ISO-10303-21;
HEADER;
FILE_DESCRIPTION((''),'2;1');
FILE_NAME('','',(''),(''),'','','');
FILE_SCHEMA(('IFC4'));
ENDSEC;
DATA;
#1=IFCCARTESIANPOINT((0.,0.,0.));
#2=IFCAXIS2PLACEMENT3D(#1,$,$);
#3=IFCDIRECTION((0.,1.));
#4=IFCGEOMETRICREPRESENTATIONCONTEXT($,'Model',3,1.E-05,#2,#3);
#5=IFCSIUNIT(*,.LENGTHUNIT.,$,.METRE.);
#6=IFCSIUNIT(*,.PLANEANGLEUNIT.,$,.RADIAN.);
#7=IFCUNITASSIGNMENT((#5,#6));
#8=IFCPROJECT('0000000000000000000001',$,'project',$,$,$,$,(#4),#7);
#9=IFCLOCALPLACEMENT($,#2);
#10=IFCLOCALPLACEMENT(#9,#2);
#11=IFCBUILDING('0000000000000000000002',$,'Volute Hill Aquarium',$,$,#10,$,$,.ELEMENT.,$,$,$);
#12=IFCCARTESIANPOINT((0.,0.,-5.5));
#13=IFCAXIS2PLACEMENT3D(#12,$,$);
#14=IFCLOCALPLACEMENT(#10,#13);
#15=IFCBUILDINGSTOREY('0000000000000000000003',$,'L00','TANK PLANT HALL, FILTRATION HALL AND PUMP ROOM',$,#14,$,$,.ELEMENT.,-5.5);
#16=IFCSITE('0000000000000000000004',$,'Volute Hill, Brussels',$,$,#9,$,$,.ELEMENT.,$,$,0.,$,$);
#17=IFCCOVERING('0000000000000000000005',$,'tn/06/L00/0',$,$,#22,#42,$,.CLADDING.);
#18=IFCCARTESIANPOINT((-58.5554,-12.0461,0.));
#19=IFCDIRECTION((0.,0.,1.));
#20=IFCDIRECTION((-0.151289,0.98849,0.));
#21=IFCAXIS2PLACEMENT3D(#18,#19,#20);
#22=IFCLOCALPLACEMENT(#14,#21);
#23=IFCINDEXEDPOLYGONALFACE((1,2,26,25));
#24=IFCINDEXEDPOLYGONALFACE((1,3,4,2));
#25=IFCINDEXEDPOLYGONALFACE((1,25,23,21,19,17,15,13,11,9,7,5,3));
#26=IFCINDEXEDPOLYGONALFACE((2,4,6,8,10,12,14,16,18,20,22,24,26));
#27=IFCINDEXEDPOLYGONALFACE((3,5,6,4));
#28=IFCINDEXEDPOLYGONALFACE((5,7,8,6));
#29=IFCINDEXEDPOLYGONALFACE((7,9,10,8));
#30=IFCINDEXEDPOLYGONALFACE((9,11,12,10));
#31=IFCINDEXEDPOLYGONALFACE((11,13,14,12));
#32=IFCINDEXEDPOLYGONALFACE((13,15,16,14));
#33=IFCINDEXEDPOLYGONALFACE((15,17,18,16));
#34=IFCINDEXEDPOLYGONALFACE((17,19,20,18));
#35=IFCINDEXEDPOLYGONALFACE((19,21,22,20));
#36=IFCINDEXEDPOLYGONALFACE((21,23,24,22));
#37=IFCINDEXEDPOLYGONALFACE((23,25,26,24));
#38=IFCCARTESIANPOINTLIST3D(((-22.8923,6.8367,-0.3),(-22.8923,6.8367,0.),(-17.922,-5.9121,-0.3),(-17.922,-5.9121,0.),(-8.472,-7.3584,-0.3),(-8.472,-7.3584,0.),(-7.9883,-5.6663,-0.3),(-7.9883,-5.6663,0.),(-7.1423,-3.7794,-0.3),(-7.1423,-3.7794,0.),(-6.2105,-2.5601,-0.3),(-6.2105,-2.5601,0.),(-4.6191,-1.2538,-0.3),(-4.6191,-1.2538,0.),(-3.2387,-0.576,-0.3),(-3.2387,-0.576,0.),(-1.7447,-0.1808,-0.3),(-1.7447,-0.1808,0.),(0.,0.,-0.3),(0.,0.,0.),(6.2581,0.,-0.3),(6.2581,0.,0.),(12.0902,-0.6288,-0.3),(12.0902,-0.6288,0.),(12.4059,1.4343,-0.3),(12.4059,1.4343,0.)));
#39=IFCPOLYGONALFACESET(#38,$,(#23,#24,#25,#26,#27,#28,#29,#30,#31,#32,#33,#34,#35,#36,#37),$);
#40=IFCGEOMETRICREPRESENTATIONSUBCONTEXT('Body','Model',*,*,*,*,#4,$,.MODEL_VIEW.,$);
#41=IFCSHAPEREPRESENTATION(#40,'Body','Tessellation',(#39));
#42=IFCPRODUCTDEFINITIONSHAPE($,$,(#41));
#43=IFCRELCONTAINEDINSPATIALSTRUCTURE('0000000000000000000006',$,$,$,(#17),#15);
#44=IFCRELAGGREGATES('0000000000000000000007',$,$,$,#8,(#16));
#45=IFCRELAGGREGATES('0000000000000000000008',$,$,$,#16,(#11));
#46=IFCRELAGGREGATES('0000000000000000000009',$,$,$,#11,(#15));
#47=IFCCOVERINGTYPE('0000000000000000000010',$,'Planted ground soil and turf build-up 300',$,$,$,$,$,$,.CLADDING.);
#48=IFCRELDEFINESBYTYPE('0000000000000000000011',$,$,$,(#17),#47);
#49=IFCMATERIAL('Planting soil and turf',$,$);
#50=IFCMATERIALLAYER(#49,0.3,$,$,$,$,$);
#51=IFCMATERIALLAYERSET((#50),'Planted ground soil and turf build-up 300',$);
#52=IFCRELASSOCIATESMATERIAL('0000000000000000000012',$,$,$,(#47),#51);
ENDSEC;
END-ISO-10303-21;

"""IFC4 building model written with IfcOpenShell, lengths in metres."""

from ifc_helpers import new_model, si_unit, direction, frame, origin, place, context, subcontext, project, spatial, polyline, outline, extrude, material, layer, layer_set, type_object, element, save


model = new_model("IFC4")

# Units and contexts
model_context = context("Model", 3, precision=1e-05, world=origin(), true_north=direction((0.0, 1.0)))
body_context = subcontext(model_context, "Body", "Model", "MODEL_VIEW")
ifc_project = project(units=[si_unit("LENGTHUNIT", "METRE"), si_unit("PLANEANGLEUNIT", "RADIAN")], contexts=[model_context])

# Site, building, storey
site_placement = place(None, origin())
site = spatial("IfcSite", under=ifc_project, at=site_placement, Name="Volute Hill, Brussels", CompositionType="ELEMENT", RefElevation=0.0)
building_placement = place(site_placement, origin())
building = spatial("IfcBuilding", under=site, at=building_placement, Name="Volute Hill Aquarium", CompositionType="ELEMENT")
storey_placement = place(building_placement, frame((0.0, 0.0, -5.5)))
storey = spatial("IfcBuildingStorey", under=building, at=storey_placement, Name="L00", Description="TANK PLANT HALL, FILTRATION HALL AND PUMP ROOM", CompositionType="ELEMENT", Elevation=-5.5)

# Covering
ifc_material_1 = material(Name="Planting soil and turf")
ifc_layer_1 = layer(ifc_material_1, 0.3)
ifc_layer_set_1 = layer_set([ifc_layer_1], Name="Planted ground soil and turf build-up 300")
covering_type_1 = type_object("IfcCoveringType", Name="Planted ground soil and turf build-up 300", PredefinedType="CLADDING", material=ifc_layer_set_1)
covering_1_placement = place(storey_placement, frame((-58.5554, -12.0461, 0.0), z_axis=(0.0, 0.0, 1.0), x_axis=(-0.151289, 0.98849, 0.0)))
element("IfcCovering", 1, at=covering_1_placement, inside=storey, type_object=covering_type_1, Name="tn/06/L00/0", PredefinedType="CLADDING", context=body_context, shape_type="SweptSolid", body=[
    extrude(outline(polyline([(0.0, 0.0), (6.2581, 0.0), (12.0902, -0.6288), (12.4059, 1.4343), (-22.8923, 6.8367), (-17.922, -5.9121), (-8.472, -7.3584), (-7.9883, -5.6663), (-7.1423, -3.7794), (-6.2105, -2.5601), (-4.6191, -1.2538), (-3.2387, -0.576), (-1.7447, -0.1808), (0.0, 0.0)])), origin(), (0.0, 0.0, -1.0), 0.3),
])

save(model, "model.ifc")
